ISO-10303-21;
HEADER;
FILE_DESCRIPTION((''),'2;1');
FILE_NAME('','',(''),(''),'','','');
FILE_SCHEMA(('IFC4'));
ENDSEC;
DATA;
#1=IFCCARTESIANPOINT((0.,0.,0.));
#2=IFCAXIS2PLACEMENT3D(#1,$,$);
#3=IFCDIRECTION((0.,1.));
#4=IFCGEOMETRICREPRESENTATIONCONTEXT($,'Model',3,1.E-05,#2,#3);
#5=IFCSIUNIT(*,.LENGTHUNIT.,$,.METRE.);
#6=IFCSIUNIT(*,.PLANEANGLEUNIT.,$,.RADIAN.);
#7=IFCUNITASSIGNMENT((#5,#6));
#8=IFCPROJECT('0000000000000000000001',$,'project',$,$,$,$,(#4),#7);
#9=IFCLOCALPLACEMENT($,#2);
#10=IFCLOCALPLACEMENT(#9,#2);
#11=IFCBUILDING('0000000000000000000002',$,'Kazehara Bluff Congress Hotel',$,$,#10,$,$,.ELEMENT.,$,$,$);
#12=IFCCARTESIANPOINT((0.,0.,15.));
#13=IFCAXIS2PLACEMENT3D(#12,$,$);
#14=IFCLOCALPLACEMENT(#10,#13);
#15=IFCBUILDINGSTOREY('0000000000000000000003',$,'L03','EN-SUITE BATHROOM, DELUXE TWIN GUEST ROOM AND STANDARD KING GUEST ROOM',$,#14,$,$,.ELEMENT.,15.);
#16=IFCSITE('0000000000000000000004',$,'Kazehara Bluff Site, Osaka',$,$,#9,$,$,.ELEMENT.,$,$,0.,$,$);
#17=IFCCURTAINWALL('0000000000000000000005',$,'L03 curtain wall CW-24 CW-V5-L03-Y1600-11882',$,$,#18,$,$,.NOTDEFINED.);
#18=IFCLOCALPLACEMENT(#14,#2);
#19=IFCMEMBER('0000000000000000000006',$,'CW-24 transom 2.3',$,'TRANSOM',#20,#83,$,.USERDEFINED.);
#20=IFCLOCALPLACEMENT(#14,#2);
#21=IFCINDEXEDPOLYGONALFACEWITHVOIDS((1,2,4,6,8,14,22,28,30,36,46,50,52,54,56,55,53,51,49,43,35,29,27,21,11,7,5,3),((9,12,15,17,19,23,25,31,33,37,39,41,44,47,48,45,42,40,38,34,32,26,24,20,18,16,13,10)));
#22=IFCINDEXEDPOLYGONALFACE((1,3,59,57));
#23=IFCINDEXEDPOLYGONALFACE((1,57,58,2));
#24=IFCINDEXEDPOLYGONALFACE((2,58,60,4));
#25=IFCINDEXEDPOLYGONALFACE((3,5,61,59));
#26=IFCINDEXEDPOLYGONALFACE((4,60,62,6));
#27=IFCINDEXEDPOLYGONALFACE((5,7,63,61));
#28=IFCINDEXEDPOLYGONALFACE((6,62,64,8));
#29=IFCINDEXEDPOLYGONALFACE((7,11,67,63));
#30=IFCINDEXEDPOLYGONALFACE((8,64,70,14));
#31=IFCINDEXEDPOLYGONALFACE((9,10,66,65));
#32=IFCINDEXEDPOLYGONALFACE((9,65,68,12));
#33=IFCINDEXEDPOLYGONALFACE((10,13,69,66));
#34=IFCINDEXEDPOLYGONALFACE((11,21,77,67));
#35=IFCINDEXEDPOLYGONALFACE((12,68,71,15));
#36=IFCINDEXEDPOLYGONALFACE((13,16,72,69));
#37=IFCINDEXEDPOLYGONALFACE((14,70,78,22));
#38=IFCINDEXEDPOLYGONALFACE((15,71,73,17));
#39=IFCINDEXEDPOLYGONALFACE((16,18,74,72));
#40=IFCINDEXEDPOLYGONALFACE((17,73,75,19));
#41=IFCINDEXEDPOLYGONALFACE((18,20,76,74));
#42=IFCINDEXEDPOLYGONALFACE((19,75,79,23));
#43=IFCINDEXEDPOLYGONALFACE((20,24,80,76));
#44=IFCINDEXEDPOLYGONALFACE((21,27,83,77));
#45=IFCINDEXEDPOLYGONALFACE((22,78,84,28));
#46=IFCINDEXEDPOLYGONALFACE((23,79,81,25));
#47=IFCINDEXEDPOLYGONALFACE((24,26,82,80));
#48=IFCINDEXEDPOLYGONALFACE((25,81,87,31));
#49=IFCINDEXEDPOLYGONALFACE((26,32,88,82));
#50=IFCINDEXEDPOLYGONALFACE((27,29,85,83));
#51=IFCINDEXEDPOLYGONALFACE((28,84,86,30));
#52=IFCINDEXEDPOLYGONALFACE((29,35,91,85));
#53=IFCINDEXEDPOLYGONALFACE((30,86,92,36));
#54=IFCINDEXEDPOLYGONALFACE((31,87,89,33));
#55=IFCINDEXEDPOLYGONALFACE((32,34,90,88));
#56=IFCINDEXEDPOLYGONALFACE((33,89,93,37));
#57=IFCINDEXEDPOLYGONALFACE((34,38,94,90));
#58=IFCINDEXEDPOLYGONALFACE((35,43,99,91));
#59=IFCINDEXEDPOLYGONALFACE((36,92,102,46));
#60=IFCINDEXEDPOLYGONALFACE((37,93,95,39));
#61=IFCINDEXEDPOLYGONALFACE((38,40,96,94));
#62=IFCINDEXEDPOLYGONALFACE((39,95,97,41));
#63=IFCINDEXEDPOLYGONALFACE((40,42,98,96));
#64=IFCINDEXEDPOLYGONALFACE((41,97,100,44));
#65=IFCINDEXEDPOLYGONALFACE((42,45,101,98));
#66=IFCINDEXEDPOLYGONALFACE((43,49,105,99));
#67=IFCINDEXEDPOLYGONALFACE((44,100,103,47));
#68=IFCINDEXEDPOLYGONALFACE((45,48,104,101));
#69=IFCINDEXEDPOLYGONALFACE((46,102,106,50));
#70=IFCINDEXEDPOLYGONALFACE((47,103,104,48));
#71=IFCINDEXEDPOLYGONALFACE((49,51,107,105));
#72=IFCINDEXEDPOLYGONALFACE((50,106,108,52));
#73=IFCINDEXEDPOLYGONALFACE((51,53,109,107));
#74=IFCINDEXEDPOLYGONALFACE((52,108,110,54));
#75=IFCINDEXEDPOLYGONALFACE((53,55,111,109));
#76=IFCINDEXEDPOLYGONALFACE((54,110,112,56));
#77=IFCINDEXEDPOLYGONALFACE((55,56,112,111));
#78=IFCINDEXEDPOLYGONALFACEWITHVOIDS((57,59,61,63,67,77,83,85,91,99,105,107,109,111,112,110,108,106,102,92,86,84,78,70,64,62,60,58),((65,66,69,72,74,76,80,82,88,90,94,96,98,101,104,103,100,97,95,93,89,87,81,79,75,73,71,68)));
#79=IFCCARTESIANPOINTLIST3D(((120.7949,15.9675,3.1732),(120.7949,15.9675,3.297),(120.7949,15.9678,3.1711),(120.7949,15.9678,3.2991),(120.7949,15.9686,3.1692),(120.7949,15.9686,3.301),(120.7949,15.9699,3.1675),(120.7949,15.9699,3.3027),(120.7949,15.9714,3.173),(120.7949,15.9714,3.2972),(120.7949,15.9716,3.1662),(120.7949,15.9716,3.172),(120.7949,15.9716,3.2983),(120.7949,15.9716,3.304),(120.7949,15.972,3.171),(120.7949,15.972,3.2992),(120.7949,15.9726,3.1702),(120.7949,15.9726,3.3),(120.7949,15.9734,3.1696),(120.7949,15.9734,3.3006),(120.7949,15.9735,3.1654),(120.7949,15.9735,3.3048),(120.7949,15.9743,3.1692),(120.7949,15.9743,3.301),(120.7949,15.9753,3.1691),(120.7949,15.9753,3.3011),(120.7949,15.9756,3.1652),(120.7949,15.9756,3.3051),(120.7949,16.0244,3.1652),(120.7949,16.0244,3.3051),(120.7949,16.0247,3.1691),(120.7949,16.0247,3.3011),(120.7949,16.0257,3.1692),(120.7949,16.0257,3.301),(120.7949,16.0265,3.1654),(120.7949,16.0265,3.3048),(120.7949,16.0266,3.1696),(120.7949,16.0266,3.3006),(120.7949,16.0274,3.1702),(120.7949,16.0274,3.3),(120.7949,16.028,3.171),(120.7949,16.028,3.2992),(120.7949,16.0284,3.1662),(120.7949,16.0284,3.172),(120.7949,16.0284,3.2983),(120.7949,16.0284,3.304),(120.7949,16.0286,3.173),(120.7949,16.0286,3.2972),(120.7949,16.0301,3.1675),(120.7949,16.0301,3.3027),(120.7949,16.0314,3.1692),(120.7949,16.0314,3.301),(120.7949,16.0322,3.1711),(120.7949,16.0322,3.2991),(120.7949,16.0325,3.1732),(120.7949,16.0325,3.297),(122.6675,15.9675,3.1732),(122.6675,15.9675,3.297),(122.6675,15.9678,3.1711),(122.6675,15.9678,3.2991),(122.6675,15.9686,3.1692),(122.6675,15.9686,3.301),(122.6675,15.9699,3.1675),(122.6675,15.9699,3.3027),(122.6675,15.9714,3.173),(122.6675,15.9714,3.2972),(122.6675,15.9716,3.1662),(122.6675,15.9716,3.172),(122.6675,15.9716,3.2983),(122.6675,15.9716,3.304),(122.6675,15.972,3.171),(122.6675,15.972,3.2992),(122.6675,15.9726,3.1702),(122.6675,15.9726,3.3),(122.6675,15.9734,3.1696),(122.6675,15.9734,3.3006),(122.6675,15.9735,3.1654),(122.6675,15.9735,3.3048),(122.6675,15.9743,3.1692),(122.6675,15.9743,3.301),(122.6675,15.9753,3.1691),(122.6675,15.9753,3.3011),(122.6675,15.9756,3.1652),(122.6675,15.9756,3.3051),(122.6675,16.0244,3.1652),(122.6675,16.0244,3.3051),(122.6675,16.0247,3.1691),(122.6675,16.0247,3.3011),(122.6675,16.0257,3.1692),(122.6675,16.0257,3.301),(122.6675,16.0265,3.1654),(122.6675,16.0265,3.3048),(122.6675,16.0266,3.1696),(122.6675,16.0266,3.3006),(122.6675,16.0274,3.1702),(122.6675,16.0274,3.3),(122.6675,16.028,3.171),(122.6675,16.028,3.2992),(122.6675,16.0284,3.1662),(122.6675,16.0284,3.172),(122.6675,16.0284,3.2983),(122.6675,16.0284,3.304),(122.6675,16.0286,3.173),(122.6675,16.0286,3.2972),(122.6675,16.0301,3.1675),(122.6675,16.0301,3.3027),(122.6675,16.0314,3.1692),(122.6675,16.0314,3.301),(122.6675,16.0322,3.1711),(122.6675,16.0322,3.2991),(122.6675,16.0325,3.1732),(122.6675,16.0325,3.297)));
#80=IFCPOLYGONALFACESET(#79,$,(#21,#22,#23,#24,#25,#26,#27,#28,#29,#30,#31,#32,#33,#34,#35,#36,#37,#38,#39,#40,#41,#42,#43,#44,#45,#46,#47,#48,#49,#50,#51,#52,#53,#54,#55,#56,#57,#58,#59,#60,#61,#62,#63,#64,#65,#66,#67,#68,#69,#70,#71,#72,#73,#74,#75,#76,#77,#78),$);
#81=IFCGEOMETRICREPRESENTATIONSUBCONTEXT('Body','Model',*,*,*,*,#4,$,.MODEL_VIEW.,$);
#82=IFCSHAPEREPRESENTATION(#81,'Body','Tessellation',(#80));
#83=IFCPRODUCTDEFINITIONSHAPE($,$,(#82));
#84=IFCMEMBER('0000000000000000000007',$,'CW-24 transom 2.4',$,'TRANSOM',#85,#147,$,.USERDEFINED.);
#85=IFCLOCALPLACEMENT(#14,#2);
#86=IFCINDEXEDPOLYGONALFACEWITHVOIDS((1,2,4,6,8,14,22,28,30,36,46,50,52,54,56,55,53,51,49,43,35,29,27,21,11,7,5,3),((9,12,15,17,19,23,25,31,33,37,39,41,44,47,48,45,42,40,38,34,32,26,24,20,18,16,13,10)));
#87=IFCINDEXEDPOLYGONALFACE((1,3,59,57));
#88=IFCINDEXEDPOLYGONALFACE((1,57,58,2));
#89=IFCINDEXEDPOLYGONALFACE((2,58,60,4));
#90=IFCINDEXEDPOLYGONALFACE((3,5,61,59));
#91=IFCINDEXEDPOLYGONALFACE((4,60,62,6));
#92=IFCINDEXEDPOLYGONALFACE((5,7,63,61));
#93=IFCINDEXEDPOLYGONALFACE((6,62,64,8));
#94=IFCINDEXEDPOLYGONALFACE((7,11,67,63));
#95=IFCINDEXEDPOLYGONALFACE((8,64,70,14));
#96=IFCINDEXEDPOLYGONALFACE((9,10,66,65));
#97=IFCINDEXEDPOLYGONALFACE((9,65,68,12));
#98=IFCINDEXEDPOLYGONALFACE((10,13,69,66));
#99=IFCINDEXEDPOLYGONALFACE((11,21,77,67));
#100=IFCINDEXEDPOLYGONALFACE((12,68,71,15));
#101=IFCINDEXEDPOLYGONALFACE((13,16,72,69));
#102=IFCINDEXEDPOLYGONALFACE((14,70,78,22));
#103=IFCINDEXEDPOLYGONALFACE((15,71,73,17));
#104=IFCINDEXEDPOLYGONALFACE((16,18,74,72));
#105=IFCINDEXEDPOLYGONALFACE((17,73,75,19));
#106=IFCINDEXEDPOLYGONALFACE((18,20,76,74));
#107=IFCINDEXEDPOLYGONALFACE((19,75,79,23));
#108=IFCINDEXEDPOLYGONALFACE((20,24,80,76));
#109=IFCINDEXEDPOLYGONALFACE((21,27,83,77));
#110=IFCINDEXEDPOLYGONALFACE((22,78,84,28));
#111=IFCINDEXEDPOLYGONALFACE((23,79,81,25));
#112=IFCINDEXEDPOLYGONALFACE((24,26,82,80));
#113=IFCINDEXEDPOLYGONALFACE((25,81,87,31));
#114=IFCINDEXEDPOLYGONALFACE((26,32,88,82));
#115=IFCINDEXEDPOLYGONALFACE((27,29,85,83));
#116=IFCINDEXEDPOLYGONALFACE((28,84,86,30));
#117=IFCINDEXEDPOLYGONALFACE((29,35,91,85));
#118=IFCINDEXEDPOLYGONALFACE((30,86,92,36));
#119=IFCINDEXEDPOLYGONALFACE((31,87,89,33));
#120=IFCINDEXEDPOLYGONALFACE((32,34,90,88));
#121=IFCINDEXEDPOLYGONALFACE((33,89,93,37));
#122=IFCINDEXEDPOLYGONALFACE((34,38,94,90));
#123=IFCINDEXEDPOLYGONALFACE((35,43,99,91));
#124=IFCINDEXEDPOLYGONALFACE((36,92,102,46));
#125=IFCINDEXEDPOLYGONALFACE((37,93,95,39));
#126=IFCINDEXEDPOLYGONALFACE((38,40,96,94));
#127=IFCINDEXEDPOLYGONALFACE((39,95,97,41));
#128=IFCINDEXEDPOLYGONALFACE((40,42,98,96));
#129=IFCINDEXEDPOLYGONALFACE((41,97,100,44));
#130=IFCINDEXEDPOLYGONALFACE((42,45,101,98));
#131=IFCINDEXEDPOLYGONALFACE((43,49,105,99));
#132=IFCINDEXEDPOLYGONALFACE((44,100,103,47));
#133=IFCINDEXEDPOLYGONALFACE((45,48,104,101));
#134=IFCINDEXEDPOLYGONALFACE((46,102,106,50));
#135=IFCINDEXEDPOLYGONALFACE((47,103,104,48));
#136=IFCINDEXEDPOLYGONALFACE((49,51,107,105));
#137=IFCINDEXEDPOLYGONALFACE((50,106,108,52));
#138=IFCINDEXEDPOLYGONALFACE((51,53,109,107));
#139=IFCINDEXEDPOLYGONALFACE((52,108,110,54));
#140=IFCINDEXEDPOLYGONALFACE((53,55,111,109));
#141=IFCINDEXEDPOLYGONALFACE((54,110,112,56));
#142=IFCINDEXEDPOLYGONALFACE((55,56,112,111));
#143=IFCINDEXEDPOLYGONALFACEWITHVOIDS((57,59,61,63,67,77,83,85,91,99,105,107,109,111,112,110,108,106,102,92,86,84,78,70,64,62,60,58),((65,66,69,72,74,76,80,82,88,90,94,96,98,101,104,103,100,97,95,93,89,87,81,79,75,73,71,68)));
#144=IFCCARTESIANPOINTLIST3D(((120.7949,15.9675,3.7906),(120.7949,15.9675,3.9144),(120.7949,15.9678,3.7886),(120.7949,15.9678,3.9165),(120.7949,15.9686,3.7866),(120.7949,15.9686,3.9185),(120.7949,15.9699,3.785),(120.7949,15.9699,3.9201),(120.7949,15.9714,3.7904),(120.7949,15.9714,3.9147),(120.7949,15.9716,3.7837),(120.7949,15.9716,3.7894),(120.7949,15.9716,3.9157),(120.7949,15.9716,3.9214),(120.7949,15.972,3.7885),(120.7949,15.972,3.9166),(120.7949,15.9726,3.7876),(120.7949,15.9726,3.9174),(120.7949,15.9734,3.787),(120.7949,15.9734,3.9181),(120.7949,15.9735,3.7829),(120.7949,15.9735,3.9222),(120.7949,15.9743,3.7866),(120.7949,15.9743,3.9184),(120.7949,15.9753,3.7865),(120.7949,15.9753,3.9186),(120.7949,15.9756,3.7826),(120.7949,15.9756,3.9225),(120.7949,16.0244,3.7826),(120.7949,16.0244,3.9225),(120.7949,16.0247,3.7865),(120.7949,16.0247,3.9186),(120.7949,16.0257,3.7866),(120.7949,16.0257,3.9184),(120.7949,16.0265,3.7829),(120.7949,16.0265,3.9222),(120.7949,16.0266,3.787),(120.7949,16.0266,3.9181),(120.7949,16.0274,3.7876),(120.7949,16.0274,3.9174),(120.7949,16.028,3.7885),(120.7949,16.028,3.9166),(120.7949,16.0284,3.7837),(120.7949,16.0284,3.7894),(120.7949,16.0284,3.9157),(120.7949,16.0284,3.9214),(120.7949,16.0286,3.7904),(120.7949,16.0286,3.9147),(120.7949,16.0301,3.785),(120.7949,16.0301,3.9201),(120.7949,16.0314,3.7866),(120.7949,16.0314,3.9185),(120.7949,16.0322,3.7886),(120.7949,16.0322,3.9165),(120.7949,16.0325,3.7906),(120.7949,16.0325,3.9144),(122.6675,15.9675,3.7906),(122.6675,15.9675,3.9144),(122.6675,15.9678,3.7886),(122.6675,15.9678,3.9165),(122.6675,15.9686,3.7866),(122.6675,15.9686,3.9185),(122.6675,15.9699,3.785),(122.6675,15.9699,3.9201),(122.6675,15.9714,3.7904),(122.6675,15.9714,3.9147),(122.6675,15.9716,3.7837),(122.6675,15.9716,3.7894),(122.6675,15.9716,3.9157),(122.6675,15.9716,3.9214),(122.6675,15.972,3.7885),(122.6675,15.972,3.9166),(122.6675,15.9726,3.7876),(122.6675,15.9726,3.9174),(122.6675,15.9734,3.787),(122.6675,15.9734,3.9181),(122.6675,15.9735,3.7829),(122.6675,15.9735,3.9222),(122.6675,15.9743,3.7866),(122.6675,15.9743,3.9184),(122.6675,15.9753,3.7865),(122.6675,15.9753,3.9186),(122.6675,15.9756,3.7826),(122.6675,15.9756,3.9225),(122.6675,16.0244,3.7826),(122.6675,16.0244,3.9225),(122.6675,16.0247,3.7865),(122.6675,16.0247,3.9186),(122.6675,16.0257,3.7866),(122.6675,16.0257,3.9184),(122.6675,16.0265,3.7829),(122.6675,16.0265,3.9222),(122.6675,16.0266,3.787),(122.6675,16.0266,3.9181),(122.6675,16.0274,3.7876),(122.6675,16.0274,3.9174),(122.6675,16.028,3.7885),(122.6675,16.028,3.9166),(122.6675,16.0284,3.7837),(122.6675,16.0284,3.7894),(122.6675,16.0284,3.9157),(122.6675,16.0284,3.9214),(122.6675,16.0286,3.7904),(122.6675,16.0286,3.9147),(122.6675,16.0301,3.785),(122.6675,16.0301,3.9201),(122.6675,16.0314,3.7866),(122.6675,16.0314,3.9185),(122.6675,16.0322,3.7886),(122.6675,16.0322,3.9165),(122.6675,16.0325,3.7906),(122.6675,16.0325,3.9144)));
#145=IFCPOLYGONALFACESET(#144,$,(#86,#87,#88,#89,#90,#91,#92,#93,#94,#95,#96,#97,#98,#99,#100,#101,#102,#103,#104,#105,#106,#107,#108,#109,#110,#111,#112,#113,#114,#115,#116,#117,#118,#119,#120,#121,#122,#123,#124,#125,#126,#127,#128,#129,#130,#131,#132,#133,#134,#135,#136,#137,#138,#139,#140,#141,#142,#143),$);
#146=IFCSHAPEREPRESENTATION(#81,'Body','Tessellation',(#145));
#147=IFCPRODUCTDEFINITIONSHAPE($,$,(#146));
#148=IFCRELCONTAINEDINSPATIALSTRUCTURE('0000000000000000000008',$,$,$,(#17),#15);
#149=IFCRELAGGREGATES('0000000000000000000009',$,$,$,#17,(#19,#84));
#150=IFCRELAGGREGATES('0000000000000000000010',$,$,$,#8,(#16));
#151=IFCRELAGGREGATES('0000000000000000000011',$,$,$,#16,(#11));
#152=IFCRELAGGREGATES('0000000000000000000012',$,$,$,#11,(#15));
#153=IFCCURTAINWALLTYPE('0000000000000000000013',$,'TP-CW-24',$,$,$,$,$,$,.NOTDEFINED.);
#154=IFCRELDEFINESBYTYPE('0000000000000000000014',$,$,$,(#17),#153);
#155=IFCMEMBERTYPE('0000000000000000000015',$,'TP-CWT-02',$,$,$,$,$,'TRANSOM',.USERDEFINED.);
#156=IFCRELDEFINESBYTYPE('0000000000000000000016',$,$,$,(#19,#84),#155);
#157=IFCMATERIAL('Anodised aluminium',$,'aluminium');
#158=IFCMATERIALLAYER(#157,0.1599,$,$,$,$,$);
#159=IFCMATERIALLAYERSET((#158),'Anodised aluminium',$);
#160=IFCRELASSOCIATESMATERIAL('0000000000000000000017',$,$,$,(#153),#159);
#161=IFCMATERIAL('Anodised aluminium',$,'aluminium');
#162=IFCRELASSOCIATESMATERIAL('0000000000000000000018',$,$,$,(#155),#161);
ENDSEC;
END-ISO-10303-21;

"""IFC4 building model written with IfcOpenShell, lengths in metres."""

from ifc_helpers import new_model, si_unit, direction, frame, origin, origin_2d, place, context, subcontext, project, spatial, hollow_rectangle, extrude, material, layer, layer_set, material_profile, profile_set, type_object, element, aggregate, save


model = new_model("IFC4")

# Units and contexts
model_context = context("Model", 3, precision=1e-05, world=origin(), true_north=direction((0.0, 1.0)))
body_context = subcontext(model_context, "Body", "Model", "MODEL_VIEW")
ifc_project = project(units=[si_unit("LENGTHUNIT", "METRE"), si_unit("PLANEANGLEUNIT", "RADIAN")], contexts=[model_context])

# Site, building, storey
site_placement = place(None, origin())
site = spatial("IfcSite", under=ifc_project, at=site_placement, Name="Kazehara Bluff Site, Osaka", CompositionType="ELEMENT", RefElevation=0.0)
building_placement = place(site_placement, origin())
building = spatial("IfcBuilding", under=site, at=building_placement, Name="Kazehara Bluff Congress Hotel", CompositionType="ELEMENT")
storey_placement = place(building_placement, frame((0.0, 0.0, 15.0)))
storey = spatial("IfcBuildingStorey", under=building, at=storey_placement, Name="L03", Description="EN-SUITE BATHROOM, DELUXE TWIN GUEST ROOM AND STANDARD KING GUEST ROOM", CompositionType="ELEMENT", Elevation=15.0)

# Curtain wall
ifc_material_1 = material(Name="Anodised aluminium", Category="aluminium")
ifc_layer_1 = layer(ifc_material_1, 0.1599)
ifc_layer_set_1 = layer_set([ifc_layer_1], Name="Anodised aluminium")
curtain_wall_type_1 = type_object("IfcCurtainWallType", Name="TP-CW-24", PredefinedType="NOTDEFINED", material=ifc_layer_set_1)
curtain_wall_1_placement = place(storey_placement, origin())
curtain_wall_1 = element("IfcCurtainWall", 1, at=curtain_wall_1_placement, inside=storey, type_object=curtain_wall_type_1, Name="L03 curtain wall CW-24 CW-V5-L03-Y1600-11882", PredefinedType="NOTDEFINED")

# Members
ifc_material_2 = material(Name="Anodised aluminium", Category="aluminium")
ifc_material_profile_1 = material_profile(ifc_material_2, hollow_rectangle(XDim=0.0649, YDim=0.1399, WallThickness=0.0039, InnerFilletRadius=0.0039, OuterFilletRadius=0.0081, at=origin_2d()))
ifc_profile_set_1 = profile_set([ifc_material_profile_1], Name="Anodised aluminium")
member_type_1 = type_object("IfcMemberType", Name="TP-CWT-02", ElementType="TRANSOM", PredefinedType="USERDEFINED", material=ifc_profile_set_1)
member_1_placement = place(storey_placement, frame((120.7949, 16.0, 3.2351), z_axis=(1.0, 0.0, 0.0), x_axis=(0.0, 1.0, 0.0)))
member_1 = element("IfcMember", 2, at=member_1_placement, type_object=member_type_1, Name="CW-24 transom 2.3", ObjectType="TRANSOM", PredefinedType="USERDEFINED", context=body_context, shape_type="SweptSolid", body=[
    extrude(hollow_rectangle(XDim=0.0649, YDim=0.1399, WallThickness=0.0039, InnerFilletRadius=0.0039, OuterFilletRadius=0.0081, at=origin_2d()), origin(), (0.0, 0.0, 1.0), 1.8726),
])
member_2_placement = place(storey_placement, frame((120.7949, 16.0, 3.8525), z_axis=(1.0, 0.0, 0.0), x_axis=(0.0, 1.0, 0.0)))
member_2 = element("IfcMember", 3, at=member_2_placement, type_object=member_type_1, Name="CW-24 transom 2.4", ObjectType="TRANSOM", PredefinedType="USERDEFINED", context=body_context, shape_type="SweptSolid", body=[
    extrude(hollow_rectangle(XDim=0.0649, YDim=0.1399, WallThickness=0.0039, InnerFilletRadius=0.0039, OuterFilletRadius=0.0081, at=origin_2d()), origin(), (0.0, 0.0, 1.0), 1.8726),
])

aggregate(curtain_wall_1, [member_1, member_2])

save(model, "model.ifc")
